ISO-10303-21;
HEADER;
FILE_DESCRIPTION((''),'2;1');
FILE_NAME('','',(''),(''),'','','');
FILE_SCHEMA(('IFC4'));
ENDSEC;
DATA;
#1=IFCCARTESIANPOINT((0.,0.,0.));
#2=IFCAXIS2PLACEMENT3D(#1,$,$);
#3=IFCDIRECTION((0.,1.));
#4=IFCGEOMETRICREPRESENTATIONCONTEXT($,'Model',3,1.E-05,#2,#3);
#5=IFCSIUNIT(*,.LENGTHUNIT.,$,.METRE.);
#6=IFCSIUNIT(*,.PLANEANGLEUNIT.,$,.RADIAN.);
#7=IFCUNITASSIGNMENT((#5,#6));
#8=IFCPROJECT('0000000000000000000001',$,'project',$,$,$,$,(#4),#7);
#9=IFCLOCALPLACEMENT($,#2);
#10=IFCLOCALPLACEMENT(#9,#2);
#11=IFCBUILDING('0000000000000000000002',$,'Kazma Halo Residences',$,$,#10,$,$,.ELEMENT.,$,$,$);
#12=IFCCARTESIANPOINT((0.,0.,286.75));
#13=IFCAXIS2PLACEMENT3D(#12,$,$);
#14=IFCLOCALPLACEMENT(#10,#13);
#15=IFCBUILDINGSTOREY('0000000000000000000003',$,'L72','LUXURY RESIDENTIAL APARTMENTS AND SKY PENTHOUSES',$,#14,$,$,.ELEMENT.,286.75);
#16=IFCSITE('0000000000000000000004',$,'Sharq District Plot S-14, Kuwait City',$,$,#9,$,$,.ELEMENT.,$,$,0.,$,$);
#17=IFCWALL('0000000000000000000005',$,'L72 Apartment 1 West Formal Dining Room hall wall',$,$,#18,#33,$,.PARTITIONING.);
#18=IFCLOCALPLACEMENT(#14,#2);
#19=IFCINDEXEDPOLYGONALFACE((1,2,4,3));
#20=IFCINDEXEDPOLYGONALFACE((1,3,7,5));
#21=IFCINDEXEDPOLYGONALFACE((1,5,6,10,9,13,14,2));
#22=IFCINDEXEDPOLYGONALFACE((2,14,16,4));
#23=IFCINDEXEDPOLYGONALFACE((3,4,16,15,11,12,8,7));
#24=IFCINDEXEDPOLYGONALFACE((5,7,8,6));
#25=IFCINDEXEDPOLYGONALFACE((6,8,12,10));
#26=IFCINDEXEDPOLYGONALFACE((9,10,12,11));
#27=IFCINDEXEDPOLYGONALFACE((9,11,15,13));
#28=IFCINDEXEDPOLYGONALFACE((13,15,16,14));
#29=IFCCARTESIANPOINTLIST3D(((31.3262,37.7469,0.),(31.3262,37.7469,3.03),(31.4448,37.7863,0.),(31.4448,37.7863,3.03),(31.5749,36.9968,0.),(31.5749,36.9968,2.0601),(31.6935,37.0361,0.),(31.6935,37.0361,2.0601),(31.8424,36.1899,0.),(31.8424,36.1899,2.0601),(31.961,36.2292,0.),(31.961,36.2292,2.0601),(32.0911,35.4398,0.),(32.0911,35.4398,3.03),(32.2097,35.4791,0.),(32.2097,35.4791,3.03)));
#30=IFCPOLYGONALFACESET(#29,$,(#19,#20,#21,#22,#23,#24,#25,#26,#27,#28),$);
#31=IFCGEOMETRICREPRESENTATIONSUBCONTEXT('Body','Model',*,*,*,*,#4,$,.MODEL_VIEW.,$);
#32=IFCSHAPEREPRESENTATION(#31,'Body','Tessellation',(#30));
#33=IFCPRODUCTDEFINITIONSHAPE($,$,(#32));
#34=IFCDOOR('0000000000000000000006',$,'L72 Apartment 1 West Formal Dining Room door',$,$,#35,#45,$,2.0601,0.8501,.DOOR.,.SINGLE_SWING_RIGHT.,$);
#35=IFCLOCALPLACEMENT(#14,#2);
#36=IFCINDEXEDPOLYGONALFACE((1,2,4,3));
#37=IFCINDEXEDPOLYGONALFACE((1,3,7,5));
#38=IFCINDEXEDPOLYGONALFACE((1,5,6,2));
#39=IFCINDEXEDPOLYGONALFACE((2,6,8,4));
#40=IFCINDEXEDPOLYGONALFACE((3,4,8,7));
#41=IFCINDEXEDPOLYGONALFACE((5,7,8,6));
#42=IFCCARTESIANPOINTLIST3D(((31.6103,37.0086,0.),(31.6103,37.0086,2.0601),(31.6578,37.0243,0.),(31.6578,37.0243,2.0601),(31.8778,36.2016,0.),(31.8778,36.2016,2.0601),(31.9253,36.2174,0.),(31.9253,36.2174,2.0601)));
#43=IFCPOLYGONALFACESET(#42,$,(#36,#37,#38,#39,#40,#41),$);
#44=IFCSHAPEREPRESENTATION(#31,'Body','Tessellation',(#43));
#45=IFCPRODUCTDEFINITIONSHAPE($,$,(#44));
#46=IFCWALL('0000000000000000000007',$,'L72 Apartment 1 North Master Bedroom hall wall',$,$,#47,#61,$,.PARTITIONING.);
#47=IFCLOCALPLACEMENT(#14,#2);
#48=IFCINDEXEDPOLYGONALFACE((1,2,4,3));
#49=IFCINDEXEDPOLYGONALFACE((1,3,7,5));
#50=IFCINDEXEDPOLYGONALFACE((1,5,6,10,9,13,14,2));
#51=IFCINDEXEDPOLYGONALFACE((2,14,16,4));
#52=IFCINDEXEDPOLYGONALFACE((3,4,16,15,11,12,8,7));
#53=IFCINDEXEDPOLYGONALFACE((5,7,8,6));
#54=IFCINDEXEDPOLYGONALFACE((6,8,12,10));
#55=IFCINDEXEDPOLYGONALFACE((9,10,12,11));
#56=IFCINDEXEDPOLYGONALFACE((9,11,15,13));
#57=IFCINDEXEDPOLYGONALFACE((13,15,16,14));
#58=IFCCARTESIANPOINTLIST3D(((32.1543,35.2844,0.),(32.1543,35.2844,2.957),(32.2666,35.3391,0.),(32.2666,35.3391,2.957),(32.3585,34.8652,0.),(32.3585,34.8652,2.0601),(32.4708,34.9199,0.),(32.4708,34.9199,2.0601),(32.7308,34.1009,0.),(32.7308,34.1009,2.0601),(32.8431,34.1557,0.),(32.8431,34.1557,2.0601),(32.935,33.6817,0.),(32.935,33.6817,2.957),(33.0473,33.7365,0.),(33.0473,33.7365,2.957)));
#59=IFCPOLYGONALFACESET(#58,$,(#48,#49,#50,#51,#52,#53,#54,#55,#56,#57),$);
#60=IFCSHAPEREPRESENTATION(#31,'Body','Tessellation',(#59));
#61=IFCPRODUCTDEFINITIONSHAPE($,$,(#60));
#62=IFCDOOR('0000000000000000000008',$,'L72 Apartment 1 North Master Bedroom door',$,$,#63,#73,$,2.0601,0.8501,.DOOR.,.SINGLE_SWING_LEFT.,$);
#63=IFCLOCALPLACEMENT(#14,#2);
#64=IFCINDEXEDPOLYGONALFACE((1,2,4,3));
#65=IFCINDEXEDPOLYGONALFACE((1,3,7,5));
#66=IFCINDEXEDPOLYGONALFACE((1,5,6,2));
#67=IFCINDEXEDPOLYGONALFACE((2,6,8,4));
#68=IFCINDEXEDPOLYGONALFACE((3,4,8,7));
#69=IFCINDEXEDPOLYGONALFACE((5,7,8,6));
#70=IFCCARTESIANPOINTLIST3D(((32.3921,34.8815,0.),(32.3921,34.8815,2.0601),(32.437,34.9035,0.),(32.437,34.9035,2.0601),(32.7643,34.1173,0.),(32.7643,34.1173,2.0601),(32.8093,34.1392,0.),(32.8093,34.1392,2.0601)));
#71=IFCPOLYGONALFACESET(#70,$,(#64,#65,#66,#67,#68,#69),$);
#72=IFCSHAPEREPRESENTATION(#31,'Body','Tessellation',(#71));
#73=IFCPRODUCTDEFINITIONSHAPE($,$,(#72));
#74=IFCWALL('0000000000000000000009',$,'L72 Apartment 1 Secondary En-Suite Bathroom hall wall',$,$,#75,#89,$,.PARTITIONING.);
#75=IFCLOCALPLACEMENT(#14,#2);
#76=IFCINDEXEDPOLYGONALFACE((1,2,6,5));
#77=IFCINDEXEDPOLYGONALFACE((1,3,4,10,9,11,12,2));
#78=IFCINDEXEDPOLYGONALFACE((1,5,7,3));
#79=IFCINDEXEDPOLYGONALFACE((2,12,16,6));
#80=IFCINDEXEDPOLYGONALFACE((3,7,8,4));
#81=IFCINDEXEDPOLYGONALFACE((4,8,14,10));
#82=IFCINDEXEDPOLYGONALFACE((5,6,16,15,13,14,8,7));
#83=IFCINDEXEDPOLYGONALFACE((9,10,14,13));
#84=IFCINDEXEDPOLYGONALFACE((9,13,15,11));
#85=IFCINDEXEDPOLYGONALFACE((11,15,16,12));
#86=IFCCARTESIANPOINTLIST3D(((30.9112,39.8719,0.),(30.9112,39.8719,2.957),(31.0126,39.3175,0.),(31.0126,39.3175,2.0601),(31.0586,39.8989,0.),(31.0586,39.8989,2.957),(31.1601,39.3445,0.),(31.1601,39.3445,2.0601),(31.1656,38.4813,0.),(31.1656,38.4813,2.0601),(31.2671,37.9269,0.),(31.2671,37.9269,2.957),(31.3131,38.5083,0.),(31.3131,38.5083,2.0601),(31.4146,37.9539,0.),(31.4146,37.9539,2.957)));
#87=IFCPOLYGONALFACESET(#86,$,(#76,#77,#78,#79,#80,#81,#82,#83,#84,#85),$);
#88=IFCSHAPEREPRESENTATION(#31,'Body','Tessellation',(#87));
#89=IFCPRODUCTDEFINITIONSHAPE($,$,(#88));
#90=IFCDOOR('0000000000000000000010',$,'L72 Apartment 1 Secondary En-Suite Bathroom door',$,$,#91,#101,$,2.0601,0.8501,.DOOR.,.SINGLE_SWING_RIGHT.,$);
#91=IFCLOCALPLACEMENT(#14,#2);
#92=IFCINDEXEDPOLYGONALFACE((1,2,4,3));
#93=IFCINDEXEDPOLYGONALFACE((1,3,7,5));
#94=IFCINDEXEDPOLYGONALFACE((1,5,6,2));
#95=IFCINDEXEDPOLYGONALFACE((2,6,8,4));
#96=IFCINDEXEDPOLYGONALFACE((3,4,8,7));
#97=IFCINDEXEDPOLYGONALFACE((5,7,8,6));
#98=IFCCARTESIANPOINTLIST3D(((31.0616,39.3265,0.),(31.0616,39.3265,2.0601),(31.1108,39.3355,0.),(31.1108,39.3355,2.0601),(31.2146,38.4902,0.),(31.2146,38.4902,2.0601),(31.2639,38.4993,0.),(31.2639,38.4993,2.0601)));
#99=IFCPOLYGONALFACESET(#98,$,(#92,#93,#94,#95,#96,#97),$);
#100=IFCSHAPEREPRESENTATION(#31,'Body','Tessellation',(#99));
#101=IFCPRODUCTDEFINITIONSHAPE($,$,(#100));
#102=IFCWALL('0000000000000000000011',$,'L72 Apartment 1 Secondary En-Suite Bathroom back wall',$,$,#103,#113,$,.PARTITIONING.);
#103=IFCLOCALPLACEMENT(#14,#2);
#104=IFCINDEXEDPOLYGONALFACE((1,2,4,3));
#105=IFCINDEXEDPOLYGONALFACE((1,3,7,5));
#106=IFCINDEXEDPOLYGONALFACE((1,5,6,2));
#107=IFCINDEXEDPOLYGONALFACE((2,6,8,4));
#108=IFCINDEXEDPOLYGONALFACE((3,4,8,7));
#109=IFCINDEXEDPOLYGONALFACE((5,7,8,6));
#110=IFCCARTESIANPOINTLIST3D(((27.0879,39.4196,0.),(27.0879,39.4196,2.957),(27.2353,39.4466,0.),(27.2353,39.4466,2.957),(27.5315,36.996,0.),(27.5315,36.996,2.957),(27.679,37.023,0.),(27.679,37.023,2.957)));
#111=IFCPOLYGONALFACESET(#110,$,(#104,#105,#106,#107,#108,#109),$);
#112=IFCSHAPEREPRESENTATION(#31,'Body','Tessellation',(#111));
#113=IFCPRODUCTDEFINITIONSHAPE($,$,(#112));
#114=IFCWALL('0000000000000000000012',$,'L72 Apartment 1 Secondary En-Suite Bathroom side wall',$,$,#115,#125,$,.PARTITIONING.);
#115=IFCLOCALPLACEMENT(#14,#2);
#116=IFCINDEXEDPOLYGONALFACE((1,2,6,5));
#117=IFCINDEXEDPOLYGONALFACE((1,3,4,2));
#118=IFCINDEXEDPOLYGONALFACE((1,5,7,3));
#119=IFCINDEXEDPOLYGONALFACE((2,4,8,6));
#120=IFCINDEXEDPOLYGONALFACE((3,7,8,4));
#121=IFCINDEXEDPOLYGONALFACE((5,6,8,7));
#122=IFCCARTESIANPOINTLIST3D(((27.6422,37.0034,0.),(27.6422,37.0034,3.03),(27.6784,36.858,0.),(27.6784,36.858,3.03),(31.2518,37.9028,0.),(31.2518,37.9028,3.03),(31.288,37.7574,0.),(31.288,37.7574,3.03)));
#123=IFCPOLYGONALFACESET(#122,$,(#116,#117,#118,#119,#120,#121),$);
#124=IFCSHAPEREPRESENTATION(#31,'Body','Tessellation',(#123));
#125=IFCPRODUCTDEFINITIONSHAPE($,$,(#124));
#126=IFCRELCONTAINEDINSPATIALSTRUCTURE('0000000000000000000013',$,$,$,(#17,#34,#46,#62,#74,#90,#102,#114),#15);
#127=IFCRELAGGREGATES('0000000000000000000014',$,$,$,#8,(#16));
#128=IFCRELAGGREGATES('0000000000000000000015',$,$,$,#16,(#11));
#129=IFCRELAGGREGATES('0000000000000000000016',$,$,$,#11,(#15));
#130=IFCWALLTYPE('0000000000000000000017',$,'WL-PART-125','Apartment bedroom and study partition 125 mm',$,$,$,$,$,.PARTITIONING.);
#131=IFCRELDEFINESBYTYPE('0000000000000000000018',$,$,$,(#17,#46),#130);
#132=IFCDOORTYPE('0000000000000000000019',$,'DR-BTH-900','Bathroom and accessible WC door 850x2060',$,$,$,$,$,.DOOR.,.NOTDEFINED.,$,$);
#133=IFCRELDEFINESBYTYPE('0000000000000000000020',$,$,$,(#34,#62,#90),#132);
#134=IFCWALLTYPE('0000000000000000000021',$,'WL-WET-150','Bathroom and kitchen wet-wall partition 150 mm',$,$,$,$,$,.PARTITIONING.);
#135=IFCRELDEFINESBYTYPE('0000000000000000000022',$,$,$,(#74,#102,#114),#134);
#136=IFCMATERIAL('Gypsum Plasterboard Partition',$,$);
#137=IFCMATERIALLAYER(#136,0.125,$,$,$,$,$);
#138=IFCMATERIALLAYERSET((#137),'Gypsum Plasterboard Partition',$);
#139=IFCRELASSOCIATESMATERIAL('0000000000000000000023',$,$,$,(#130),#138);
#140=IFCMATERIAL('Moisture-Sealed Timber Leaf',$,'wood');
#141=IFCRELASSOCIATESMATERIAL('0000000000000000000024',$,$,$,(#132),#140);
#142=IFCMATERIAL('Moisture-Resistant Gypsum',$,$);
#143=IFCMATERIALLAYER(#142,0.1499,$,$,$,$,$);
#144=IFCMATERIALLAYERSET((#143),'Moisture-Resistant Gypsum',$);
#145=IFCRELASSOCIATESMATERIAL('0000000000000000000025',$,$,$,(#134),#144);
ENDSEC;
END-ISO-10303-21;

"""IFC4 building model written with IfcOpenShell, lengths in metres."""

from ifc_helpers import new_model, si_unit, direction, frame, frame_2d, origin, place, context, subcontext, project, spatial, rectangle, extrude, material, layer, layer_set, type_object, element, fill, save


model = new_model("IFC4")

# Units and contexts
model_context = context("Model", 3, precision=1e-05, world=origin(), true_north=direction((0.0, 1.0)))
body_context = subcontext(model_context, "Body", "Model", "MODEL_VIEW")
ifc_project = project(units=[si_unit("LENGTHUNIT", "METRE"), si_unit("PLANEANGLEUNIT", "RADIAN")], contexts=[model_context])

# Site, building, storey
site_placement = place(None, origin())
site = spatial("IfcSite", under=ifc_project, at=site_placement, Name="Sharq District Plot S-14, Kuwait City", CompositionType="ELEMENT", RefElevation=0.0)
building_placement = place(site_placement, origin())
building = spatial("IfcBuilding", under=site, at=building_placement, Name="Kazma Halo Residences", CompositionType="ELEMENT")
storey_placement = place(building_placement, frame((0.0, 0.0, 286.75)))
storey = spatial("IfcBuildingStorey", under=building, at=storey_placement, Name="L72", Description="LUXURY RESIDENTIAL APARTMENTS AND SKY PENTHOUSES", CompositionType="ELEMENT", Elevation=286.75)

# Shared definitions
ifc_material_1 = material(Name="Gypsum Plasterboard Partition")
ifc_layer_1 = layer(ifc_material_1, 0.125)
ifc_layer_set_1 = layer_set([ifc_layer_1], Name="Gypsum Plasterboard Partition")
wall_type_1 = type_object("IfcWallType", Name="WL-PART-125", Description="Apartment bedroom and study partition 125 mm", PredefinedType="PARTITIONING", material=ifc_layer_set_1)

# Shared definitions
ifc_material_2 = material(Name="Moisture-Sealed Timber Leaf", Category="wood")
door_type = type_object("IfcDoorType", Name="DR-BTH-900", Description="Bathroom and accessible WC door 850x2060", OperationType="NOTDEFINED", PredefinedType="DOOR", material=ifc_material_2)

# Walls, openings, doors
wall_1_placement = place(storey_placement, frame((31.3855, 37.7666, 0.0), z_axis=(0.0, 0.0, 1.0), x_axis=(0.314691, -0.949194, 0.0)))
wall_1 = element("IfcWall", 1, at=wall_1_placement, inside=storey, type_object=wall_type_1, Name="L72 Apartment 1 West Formal Dining Room hall wall", PredefinedType="PARTITIONING", context=body_context, shape_type="SweptSolid", body=[
    extrude(rectangle(XDim=2.4307, YDim=0.125, at=frame_2d((1.2153, 0.0))), origin(), (0.0, 0.0, 1.0), 3.03),
])
opening_1_placement = place(wall_1_placement, frame((0.7903, 0.0, 0.0)))
opening_1 = element("IfcOpeningElement", 2, at=opening_1_placement, cuts=wall_1, PredefinedType="OPENING", context=body_context, shape_type="SweptSolid", body=[
    extrude(rectangle(XDim=0.8501, YDim=2.0601, at=frame_2d((0.425, 1.03))), frame((0.0, 0.0725, 0.0), z_axis=(0.0, -1.0, 0.0), x_axis=(1.0, 0.0, 0.0)), (0.0, 0.0, 1.0), 0.145),
])
door_1_placement = place(opening_1_placement, origin())
door_1 = element("IfcDoor", 3, at=door_1_placement, inside=storey, type_object=door_type, Name="L72 Apartment 1 West Formal Dining Room door", OperationType="SINGLE_SWING_RIGHT", OverallHeight=2.0601, OverallWidth=0.8501, PredefinedType="DOOR", context=body_context, shape_type="SweptSolid", body=[
    extrude(rectangle(XDim=0.8501, YDim=2.0601, at=frame_2d((0.425, 1.03))), frame((0.0, 0.0249, 0.0), z_axis=(0.0, -1.0, 0.0), x_axis=(1.0, 0.0, 0.0)), (0.0, 0.0, 1.0), 0.05),
])
fill(opening_1, door_1)
wall_2_placement = place(storey_placement, frame((32.2104, 35.3118, 0.0), z_axis=(0.0, 0.0, 1.0), x_axis=(0.437933, -0.899008, 0.0)))
wall_2 = element("IfcWall", 4, at=wall_2_placement, inside=storey, type_object=wall_type_1, Name="L72 Apartment 1 North Master Bedroom hall wall", PredefinedType="PARTITIONING", context=body_context, shape_type="SweptSolid", body=[
    extrude(rectangle(XDim=1.7827, YDim=0.125, at=frame_2d((0.8914, 0.0))), origin(), (0.0, 0.0, 1.0), 2.957),
])
opening_2_placement = place(wall_2_placement, frame((0.4663, 0.0, 0.0)))
opening_2 = element("IfcOpeningElement", 5, at=opening_2_placement, cuts=wall_2, PredefinedType="OPENING", context=body_context, shape_type="SweptSolid", body=[
    extrude(rectangle(XDim=0.8501, YDim=2.0601, at=frame_2d((0.425, 1.03))), frame((0.0, 0.0725, 0.0), z_axis=(0.0, -1.0, 0.0), x_axis=(1.0, 0.0, 0.0)), (0.0, 0.0, 1.0), 0.145),
])
door_2_placement = place(opening_2_placement, origin())
door_2 = element("IfcDoor", 6, at=door_2_placement, inside=storey, type_object=door_type, Name="L72 Apartment 1 North Master Bedroom door", OperationType="SINGLE_SWING_LEFT", OverallHeight=2.0601, OverallWidth=0.8501, PredefinedType="DOOR", context=body_context, shape_type="SweptSolid", body=[
    extrude(rectangle(XDim=0.8501, YDim=2.0601, at=frame_2d((0.425, 1.03))), frame((0.0, 0.0249, 0.0), z_axis=(0.0, -1.0, 0.0), x_axis=(1.0, 0.0, 0.0)), (0.0, 0.0, 1.0), 0.05),
])
fill(opening_2, door_2)
ifc_material_3 = material(Name="Moisture-Resistant Gypsum")
ifc_layer_2 = layer(ifc_material_3, 0.1499)
ifc_layer_set_2 = layer_set([ifc_layer_2], Name="Moisture-Resistant Gypsum")
wall_type_2 = type_object("IfcWallType", Name="WL-WET-150", Description="Bathroom and kitchen wet-wall partition 150 mm", PredefinedType="PARTITIONING", material=ifc_layer_set_2)
wall_3_placement = place(storey_placement, frame((30.9849, 39.8855, 0.0), z_axis=(0.0, 0.0, 1.0), x_axis=(0.180015, -0.983664, 0.0)))
wall_3 = element("IfcWall", 7, at=wall_3_placement, inside=storey, type_object=wall_type_2, Name="L72 Apartment 1 Secondary En-Suite Bathroom hall wall", PredefinedType="PARTITIONING", context=body_context, shape_type="SweptSolid", body=[
    extrude(rectangle(XDim=1.9773, YDim=0.1499, at=frame_2d((0.9888, 0.0))), origin(), (0.0, 0.0, 1.0), 2.957),
])
opening_3_placement = place(wall_3_placement, frame((0.5637, 0.0, 0.0)))
opening_3 = element("IfcOpeningElement", 8, at=opening_3_placement, cuts=wall_3, PredefinedType="OPENING", context=body_context, shape_type="SweptSolid", body=[
    extrude(rectangle(XDim=0.8501, YDim=2.0601, at=frame_2d((0.425, 1.03))), frame((0.0, 0.085, 0.0), z_axis=(0.0, -1.0, 0.0), x_axis=(1.0, 0.0, 0.0)), (0.0, 0.0, 1.0), 0.1699),
])
door_3_placement = place(opening_3_placement, origin())
door_3 = element("IfcDoor", 9, at=door_3_placement, inside=storey, type_object=door_type, Name="L72 Apartment 1 Secondary En-Suite Bathroom door", OperationType="SINGLE_SWING_RIGHT", OverallHeight=2.0601, OverallWidth=0.8501, PredefinedType="DOOR", context=body_context, shape_type="SweptSolid", body=[
    extrude(rectangle(XDim=0.8501, YDim=2.0601, at=frame_2d((0.425, 1.03))), frame((0.0, 0.0249, 0.0), z_axis=(0.0, -1.0, 0.0), x_axis=(1.0, 0.0, 0.0)), (0.0, 0.0, 1.0), 0.05),
])
fill(opening_3, door_3)

# Walls
wall_4_placement = place(storey_placement, frame((27.1616, 39.4331, 0.0), z_axis=(0.0, 0.0, 1.0), x_axis=(0.180045, -0.983658, 0.0)))
element("IfcWall", 10, at=wall_4_placement, inside=storey, type_object=wall_type_2, Name="L72 Apartment 1 Secondary En-Suite Bathroom back wall", PredefinedType="PARTITIONING", context=body_context, shape_type="SweptSolid", body=[
    extrude(rectangle(XDim=2.4639, YDim=0.1499, at=frame_2d((1.2319, 0.0))), origin(), (0.0, 0.0, 1.0), 2.957),
])
wall_5_placement = place(storey_placement, frame((31.2698, 37.8301, 0.0), z_axis=(0.0, 0.0, 1.0), x_axis=(-0.970331, -0.241779, 0.0)))
element("IfcWall", 11, at=wall_5_placement, inside=storey, type_object=wall_type_2, Name="L72 Apartment 1 Secondary En-Suite Bathroom side wall", PredefinedType="PARTITIONING", context=body_context, shape_type="SweptSolid", body=[
    extrude(rectangle(XDim=3.72, YDim=0.1499, at=frame_2d((1.8599, 0.0))), origin(), (0.0, 0.0, 1.0), 3.03),
])

save(model, "model.ifc")
